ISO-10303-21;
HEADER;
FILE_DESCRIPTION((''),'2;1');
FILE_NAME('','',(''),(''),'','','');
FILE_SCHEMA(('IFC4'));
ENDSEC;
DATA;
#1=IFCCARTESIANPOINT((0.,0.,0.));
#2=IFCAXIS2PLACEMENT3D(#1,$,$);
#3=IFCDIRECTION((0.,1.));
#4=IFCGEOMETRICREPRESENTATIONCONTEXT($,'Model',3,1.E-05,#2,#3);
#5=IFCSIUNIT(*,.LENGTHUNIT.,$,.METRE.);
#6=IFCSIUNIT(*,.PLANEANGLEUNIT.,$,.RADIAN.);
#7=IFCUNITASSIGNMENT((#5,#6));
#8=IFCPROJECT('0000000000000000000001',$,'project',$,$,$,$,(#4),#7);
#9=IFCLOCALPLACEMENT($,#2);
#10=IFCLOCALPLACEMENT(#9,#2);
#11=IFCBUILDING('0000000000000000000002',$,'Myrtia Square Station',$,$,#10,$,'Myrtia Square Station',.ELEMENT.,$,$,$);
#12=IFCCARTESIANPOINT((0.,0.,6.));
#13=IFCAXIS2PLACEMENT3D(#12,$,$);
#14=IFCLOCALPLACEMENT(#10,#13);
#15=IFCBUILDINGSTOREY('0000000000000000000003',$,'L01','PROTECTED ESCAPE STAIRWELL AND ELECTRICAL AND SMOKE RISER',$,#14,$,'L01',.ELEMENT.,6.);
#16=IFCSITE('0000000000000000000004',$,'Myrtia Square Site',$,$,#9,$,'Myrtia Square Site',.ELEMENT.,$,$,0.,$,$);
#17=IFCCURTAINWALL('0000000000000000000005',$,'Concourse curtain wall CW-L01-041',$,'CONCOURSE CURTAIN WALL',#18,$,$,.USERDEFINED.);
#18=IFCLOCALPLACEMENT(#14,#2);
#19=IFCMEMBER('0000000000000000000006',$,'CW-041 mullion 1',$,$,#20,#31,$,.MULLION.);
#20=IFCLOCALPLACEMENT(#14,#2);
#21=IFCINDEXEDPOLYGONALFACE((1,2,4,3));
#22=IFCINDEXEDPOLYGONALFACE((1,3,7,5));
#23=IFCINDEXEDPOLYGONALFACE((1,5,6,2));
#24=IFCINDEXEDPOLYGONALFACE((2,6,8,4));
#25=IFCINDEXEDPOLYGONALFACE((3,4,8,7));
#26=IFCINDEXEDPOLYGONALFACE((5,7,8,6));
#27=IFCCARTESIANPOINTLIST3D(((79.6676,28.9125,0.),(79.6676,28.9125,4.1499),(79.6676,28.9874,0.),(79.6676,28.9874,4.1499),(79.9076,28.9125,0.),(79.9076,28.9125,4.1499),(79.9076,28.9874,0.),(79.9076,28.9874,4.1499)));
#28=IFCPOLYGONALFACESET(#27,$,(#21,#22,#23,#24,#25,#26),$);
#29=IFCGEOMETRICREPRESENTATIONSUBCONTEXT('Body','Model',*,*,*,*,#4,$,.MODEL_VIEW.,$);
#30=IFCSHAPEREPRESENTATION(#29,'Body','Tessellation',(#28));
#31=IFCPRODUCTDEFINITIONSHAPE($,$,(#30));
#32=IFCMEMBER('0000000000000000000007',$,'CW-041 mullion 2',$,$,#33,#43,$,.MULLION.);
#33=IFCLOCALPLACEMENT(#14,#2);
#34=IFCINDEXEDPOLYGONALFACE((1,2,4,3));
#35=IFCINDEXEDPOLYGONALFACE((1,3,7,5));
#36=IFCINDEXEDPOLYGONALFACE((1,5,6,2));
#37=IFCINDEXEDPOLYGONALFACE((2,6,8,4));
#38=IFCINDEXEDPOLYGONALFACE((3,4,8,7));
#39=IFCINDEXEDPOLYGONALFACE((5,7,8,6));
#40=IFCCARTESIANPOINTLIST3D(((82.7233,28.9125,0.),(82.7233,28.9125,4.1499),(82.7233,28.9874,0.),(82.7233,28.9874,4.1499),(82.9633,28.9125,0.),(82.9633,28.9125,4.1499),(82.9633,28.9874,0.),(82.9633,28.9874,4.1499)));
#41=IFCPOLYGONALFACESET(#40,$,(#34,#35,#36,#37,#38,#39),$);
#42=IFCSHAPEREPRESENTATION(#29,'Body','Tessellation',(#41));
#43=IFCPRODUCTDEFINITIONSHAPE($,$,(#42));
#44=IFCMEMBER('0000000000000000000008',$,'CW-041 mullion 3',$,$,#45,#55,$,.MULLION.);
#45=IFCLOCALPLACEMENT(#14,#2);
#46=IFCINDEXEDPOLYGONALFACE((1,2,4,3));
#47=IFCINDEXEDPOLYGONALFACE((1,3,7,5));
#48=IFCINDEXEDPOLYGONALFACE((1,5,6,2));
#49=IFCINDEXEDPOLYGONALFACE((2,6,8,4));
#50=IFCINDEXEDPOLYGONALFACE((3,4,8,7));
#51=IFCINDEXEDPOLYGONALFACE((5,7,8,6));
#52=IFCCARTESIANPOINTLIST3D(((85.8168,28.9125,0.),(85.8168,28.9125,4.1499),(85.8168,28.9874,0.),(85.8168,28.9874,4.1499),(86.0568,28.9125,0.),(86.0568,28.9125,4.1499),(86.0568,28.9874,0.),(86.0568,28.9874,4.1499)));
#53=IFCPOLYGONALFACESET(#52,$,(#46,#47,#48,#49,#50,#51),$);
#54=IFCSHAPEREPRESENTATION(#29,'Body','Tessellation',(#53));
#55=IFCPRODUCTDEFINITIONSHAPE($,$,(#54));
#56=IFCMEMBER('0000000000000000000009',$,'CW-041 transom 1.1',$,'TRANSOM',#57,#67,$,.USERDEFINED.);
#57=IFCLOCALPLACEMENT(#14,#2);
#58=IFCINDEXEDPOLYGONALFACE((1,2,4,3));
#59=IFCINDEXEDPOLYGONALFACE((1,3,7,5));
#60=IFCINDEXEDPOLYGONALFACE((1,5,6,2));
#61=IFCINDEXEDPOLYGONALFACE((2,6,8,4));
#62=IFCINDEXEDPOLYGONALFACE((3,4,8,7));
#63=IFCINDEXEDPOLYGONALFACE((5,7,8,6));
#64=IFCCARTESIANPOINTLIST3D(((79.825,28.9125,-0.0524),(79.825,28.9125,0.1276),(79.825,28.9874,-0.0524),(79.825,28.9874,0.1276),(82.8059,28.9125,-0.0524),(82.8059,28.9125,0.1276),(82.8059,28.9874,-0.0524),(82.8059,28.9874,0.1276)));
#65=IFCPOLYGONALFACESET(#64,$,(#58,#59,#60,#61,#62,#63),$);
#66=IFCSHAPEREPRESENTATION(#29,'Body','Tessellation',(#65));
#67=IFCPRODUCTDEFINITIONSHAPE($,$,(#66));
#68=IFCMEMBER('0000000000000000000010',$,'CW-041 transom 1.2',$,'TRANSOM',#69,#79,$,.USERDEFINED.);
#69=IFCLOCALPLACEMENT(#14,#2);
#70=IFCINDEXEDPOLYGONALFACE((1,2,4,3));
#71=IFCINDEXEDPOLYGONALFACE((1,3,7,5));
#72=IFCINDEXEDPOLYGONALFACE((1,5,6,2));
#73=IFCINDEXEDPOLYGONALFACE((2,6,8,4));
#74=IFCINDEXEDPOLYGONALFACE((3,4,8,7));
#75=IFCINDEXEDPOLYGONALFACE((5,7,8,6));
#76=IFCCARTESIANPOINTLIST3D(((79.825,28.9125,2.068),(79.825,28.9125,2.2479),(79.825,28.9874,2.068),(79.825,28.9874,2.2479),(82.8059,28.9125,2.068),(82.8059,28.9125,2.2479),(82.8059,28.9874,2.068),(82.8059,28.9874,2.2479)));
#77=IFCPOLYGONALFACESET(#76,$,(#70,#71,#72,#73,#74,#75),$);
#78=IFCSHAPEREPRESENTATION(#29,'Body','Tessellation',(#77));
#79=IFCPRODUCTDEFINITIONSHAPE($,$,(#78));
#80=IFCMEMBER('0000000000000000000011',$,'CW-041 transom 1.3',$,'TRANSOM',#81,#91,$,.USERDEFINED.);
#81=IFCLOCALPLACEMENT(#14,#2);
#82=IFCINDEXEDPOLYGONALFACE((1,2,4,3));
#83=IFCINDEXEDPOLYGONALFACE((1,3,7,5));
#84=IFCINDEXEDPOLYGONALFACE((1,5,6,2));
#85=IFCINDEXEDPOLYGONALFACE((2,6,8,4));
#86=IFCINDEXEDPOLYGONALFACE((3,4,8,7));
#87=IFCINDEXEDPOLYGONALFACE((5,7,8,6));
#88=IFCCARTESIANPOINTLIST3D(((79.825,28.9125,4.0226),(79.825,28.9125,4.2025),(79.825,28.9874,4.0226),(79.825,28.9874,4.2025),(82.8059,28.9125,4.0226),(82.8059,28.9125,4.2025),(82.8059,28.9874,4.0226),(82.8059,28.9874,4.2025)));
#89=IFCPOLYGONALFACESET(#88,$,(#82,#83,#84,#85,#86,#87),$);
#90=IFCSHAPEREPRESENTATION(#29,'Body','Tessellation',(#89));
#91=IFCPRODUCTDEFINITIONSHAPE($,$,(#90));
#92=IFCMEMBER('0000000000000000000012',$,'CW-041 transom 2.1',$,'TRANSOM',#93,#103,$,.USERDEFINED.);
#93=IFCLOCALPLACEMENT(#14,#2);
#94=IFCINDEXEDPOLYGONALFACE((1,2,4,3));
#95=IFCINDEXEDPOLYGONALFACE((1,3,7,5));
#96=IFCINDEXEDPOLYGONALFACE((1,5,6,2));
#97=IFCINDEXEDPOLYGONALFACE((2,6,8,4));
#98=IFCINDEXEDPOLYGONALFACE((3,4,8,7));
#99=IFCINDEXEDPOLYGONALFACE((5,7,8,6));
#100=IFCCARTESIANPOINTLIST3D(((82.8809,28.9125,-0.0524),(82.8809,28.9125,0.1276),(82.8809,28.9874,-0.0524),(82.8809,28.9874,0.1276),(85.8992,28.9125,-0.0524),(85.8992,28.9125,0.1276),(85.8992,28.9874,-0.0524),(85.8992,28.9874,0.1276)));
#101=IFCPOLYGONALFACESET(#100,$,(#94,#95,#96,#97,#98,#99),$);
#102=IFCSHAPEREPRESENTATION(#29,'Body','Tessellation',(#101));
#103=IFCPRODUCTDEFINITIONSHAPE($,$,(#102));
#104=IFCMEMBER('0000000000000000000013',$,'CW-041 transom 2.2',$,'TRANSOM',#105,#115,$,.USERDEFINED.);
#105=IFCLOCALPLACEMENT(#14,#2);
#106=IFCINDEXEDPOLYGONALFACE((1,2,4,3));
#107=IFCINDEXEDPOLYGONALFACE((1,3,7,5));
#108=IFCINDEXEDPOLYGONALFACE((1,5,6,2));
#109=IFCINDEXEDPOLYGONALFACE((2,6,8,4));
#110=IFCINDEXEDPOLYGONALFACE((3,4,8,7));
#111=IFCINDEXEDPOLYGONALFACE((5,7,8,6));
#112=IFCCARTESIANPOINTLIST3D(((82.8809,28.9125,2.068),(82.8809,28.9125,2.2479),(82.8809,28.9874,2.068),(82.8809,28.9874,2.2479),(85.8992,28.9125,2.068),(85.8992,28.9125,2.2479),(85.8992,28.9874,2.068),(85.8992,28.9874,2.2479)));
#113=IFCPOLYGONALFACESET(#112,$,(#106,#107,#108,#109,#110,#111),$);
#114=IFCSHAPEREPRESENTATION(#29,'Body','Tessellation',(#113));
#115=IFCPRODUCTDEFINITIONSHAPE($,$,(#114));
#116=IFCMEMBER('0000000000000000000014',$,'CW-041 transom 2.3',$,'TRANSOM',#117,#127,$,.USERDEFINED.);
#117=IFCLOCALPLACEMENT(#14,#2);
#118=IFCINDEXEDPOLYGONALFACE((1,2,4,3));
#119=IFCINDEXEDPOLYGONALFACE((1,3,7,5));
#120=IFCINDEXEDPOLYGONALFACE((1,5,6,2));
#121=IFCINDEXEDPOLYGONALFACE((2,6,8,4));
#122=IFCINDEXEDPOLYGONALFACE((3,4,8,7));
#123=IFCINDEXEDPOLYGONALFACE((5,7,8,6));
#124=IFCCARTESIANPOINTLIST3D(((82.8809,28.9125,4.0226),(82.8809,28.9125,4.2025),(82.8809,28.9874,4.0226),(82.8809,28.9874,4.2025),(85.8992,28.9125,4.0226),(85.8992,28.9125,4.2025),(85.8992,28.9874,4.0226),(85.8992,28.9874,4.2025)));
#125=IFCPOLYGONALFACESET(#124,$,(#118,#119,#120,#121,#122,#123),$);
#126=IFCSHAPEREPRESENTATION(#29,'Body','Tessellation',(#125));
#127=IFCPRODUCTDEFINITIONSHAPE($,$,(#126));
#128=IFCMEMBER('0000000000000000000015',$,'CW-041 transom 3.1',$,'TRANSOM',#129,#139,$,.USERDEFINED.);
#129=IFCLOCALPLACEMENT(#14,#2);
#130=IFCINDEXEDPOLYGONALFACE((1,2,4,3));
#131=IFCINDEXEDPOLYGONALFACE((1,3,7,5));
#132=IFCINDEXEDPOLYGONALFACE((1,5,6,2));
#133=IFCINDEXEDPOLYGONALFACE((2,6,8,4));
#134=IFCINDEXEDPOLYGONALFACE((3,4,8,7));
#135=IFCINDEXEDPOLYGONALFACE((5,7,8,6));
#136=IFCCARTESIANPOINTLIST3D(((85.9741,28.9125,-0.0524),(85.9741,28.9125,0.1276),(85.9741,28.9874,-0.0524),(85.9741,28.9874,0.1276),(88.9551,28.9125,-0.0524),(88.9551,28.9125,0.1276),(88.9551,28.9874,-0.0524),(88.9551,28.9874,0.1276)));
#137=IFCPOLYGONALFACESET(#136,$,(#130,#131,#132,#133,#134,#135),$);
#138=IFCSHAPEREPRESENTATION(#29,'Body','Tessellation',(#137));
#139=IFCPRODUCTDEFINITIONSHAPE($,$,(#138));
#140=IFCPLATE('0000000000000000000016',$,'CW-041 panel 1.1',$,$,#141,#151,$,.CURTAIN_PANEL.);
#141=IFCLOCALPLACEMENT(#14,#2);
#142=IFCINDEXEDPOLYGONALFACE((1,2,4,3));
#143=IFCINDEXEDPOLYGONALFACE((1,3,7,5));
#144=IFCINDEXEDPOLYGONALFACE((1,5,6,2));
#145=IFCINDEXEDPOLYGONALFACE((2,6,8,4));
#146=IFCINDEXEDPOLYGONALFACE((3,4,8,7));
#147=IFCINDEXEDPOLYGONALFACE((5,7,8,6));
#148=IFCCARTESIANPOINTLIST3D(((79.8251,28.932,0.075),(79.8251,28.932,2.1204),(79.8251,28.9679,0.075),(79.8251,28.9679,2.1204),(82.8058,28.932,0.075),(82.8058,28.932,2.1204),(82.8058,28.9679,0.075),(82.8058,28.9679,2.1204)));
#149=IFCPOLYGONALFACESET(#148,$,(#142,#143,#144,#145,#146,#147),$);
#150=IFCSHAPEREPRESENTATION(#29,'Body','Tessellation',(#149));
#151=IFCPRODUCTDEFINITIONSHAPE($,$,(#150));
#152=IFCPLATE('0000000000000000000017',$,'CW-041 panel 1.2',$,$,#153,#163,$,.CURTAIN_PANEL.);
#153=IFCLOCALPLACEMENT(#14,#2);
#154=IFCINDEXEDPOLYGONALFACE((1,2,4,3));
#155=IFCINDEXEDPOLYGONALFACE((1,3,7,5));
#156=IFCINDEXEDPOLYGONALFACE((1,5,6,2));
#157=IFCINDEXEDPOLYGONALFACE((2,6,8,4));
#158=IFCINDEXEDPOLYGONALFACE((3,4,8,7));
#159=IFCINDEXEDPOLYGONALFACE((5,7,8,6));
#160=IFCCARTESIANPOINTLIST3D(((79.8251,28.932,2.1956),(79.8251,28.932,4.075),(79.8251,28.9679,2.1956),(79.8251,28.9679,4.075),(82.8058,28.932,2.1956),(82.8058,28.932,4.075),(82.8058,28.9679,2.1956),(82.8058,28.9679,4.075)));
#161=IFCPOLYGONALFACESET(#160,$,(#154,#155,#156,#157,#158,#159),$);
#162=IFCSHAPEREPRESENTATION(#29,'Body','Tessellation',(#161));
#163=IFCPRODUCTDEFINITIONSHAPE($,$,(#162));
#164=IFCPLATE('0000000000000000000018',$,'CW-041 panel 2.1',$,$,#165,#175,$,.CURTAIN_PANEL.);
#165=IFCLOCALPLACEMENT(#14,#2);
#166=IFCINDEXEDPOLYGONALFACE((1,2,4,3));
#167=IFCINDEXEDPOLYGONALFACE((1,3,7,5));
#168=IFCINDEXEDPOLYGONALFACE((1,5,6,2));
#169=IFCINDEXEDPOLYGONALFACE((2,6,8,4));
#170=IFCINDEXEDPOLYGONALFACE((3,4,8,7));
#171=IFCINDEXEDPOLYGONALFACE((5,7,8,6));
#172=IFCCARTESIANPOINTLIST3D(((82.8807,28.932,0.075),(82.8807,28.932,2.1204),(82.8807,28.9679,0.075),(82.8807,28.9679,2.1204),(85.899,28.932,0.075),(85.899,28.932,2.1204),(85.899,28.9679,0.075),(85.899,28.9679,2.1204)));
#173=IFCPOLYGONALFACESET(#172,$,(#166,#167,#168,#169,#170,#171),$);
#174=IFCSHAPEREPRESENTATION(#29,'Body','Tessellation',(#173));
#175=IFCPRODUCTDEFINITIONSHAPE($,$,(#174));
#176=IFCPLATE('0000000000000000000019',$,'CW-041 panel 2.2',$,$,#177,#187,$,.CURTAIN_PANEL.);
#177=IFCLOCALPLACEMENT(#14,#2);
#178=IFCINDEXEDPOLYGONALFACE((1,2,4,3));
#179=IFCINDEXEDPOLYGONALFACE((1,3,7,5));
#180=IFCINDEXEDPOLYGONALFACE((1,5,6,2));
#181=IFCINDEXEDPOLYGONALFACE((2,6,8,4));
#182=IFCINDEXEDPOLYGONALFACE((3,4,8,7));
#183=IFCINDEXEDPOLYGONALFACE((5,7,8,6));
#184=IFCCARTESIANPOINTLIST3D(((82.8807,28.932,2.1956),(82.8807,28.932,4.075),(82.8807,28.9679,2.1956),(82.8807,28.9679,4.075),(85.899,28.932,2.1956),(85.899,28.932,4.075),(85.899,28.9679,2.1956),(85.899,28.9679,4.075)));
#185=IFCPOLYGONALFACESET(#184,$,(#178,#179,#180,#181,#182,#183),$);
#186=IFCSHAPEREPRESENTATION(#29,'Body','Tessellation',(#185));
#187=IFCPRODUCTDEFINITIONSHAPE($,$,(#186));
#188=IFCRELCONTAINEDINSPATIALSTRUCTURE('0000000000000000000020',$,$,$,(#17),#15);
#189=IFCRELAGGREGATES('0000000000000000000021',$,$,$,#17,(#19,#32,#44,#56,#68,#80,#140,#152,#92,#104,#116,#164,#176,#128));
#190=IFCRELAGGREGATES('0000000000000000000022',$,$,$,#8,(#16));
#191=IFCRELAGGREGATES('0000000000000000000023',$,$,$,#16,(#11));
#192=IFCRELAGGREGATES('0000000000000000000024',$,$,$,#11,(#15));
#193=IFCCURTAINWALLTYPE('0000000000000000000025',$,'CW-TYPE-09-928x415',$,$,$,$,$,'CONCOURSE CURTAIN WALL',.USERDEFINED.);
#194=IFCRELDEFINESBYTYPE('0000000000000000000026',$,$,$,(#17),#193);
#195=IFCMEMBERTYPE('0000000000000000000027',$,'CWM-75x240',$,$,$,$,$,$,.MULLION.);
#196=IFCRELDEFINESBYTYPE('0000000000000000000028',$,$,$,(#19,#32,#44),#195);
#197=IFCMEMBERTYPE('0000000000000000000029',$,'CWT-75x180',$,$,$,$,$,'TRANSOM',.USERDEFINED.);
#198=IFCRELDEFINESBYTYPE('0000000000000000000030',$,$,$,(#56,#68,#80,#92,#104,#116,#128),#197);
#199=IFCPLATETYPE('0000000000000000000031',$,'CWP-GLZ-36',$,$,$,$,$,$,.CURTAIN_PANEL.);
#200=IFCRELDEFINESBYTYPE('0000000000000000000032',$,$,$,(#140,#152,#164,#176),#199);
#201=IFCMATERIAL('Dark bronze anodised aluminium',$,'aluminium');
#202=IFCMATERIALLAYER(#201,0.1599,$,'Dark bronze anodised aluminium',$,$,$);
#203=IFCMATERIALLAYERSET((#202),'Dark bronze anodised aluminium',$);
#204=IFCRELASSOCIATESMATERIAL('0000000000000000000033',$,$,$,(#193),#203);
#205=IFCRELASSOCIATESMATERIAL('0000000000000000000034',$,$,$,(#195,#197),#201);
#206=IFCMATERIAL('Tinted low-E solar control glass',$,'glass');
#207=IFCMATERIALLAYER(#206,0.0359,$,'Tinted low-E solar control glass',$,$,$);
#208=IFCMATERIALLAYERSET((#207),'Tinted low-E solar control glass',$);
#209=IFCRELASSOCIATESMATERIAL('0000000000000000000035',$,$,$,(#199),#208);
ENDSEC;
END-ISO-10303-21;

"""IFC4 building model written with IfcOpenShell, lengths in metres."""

from ifc_helpers import new_model, si_unit, direction, frame, origin, origin_2d, place, context, subcontext, project, spatial, rectangle, extrude, material, layer, layer_set, material_profile, profile_set, type_object, element, aggregate, save


model = new_model("IFC4")

# Units and contexts
model_context = context("Model", 3, precision=1e-05, world=origin(), true_north=direction((0.0, 1.0)))
body_context = subcontext(model_context, "Body", "Model", "MODEL_VIEW")
ifc_project = project(units=[si_unit("LENGTHUNIT", "METRE"), si_unit("PLANEANGLEUNIT", "RADIAN")], contexts=[model_context])

# Site, building, storey
site_placement = place(None, origin())
site = spatial("IfcSite", under=ifc_project, at=site_placement, Name="Myrtia Square Site", LongName="Myrtia Square Site", CompositionType="ELEMENT", RefElevation=0.0)
building_placement = place(site_placement, origin())
building = spatial("IfcBuilding", under=site, at=building_placement, Name="Myrtia Square Station", LongName="Myrtia Square Station", CompositionType="ELEMENT")
storey_placement = place(building_placement, frame((0.0, 0.0, 6.0)))
storey = spatial("IfcBuildingStorey", under=building, at=storey_placement, Name="L01", Description="PROTECTED ESCAPE STAIRWELL AND ELECTRICAL AND SMOKE RISER", LongName="L01", CompositionType="ELEMENT", Elevation=6.0)

# Curtain wall, members, plates
ifc_material_1 = material(Name="Dark bronze anodised aluminium", Category="aluminium")
ifc_layer_1 = layer(ifc_material_1, 0.1599, Name="Dark bronze anodised aluminium")
ifc_layer_set_1 = layer_set([ifc_layer_1], Name="Dark bronze anodised aluminium")
curtain_wall_type = type_object("IfcCurtainWallType", Name="CW-TYPE-09-928x415", ElementType="CONCOURSE CURTAIN WALL", PredefinedType="USERDEFINED", material=ifc_layer_set_1)
curtain_wall_placement = place(storey_placement, origin())
curtain_wall = element("IfcCurtainWall", 1, at=curtain_wall_placement, inside=storey, type_object=curtain_wall_type, Name="Concourse curtain wall CW-L01-041", ObjectType="CONCOURSE CURTAIN WALL", PredefinedType="USERDEFINED")
ifc_material_profile_1 = material_profile(ifc_material_1, rectangle(XDim=0.075, YDim=0.24, at=origin_2d()), Name="ALU-M 75x240")
ifc_profile_set_1 = profile_set([ifc_material_profile_1], Name="Dark bronze anodised aluminium")
member_type_1 = type_object("IfcMemberType", Name="CWM-75x240", PredefinedType="MULLION", material=ifc_profile_set_1)
member_1_placement = place(storey_placement, frame((79.7876, 28.95, 0.0), z_axis=(0.0, 0.0, 1.0), x_axis=(0.0, 1.0, 0.0)))
member_1 = element("IfcMember", 2, at=member_1_placement, type_object=member_type_1, Name="CW-041 mullion 1", PredefinedType="MULLION", context=body_context, shape_type="SweptSolid", body=[
    extrude(rectangle(XDim=0.075, YDim=0.24, at=origin_2d()), origin(), (0.0, 0.0, 1.0), 4.1499),
])
member_2_placement = place(storey_placement, frame((82.8433, 28.95, 0.0), z_axis=(0.0, 0.0, 1.0), x_axis=(0.0, 1.0, 0.0)))
member_2 = element("IfcMember", 3, at=member_2_placement, type_object=member_type_1, Name="CW-041 mullion 2", PredefinedType="MULLION", context=body_context, shape_type="SweptSolid", body=[
    extrude(rectangle(XDim=0.075, YDim=0.24, at=origin_2d()), origin(), (0.0, 0.0, 1.0), 4.1499),
])
member_3_placement = place(storey_placement, frame((85.9368, 28.95, 0.0), z_axis=(0.0, 0.0, 1.0), x_axis=(0.0, 1.0, 0.0)))
member_3 = element("IfcMember", 4, at=member_3_placement, type_object=member_type_1, Name="CW-041 mullion 3", PredefinedType="MULLION", context=body_context, shape_type="SweptSolid", body=[
    extrude(rectangle(XDim=0.075, YDim=0.24, at=origin_2d()), origin(), (0.0, 0.0, 1.0), 4.1499),
])
ifc_material_profile_2 = material_profile(ifc_material_1, rectangle(XDim=0.075, YDim=0.1799, at=origin_2d()), Name="ALU-T 75x180")
ifc_profile_set_2 = profile_set([ifc_material_profile_2], Name="Dark bronze anodised aluminium")
member_type_2 = type_object("IfcMemberType", Name="CWT-75x180", ElementType="TRANSOM", PredefinedType="USERDEFINED", material=ifc_profile_set_2)
member_4_placement = place(storey_placement, frame((79.825, 28.95, 0.0376), z_axis=(1.0, 0.0, 0.0), x_axis=(0.0, 1.0, 0.0)))
member_4 = element("IfcMember", 5, at=member_4_placement, type_object=member_type_2, Name="CW-041 transom 1.1", ObjectType="TRANSOM", PredefinedType="USERDEFINED", context=body_context, shape_type="SweptSolid", body=[
    extrude(rectangle(XDim=0.075, YDim=0.1799, at=origin_2d()), origin(), (0.0, 0.0, 1.0), 2.981),
])
member_5_placement = place(storey_placement, frame((79.825, 28.95, 2.158), z_axis=(1.0, 0.0, 0.0), x_axis=(0.0, 1.0, 0.0)))
member_5 = element("IfcMember", 6, at=member_5_placement, type_object=member_type_2, Name="CW-041 transom 1.2", ObjectType="TRANSOM", PredefinedType="USERDEFINED", context=body_context, shape_type="SweptSolid", body=[
    extrude(rectangle(XDim=0.075, YDim=0.1799, at=origin_2d()), origin(), (0.0, 0.0, 1.0), 2.981),
])
member_6_placement = place(storey_placement, frame((79.825, 28.95, 4.1125), z_axis=(1.0, 0.0, 0.0), x_axis=(0.0, 1.0, 0.0)))
member_6 = element("IfcMember", 7, at=member_6_placement, type_object=member_type_2, Name="CW-041 transom 1.3", ObjectType="TRANSOM", PredefinedType="USERDEFINED", context=body_context, shape_type="SweptSolid", body=[
    extrude(rectangle(XDim=0.075, YDim=0.1799, at=origin_2d()), origin(), (0.0, 0.0, 1.0), 2.981),
])
member_7_placement = place(storey_placement, frame((82.8809, 28.95, 0.0376), z_axis=(1.0, 0.0, 0.0), x_axis=(0.0, 1.0, 0.0)))
member_7 = element("IfcMember", 8, at=member_7_placement, type_object=member_type_2, Name="CW-041 transom 2.1", ObjectType="TRANSOM", PredefinedType="USERDEFINED", context=body_context, shape_type="SweptSolid", body=[
    extrude(rectangle(XDim=0.075, YDim=0.1799, at=origin_2d()), origin(), (0.0, 0.0, 1.0), 3.0183),
])
member_8_placement = place(storey_placement, frame((82.8809, 28.95, 2.158), z_axis=(1.0, 0.0, 0.0), x_axis=(0.0, 1.0, 0.0)))
member_8 = element("IfcMember", 9, at=member_8_placement, type_object=member_type_2, Name="CW-041 transom 2.2", ObjectType="TRANSOM", PredefinedType="USERDEFINED", context=body_context, shape_type="SweptSolid", body=[
    extrude(rectangle(XDim=0.075, YDim=0.1799, at=origin_2d()), origin(), (0.0, 0.0, 1.0), 3.0183),
])
member_9_placement = place(storey_placement, frame((82.8809, 28.95, 4.1125), z_axis=(1.0, 0.0, 0.0), x_axis=(0.0, 1.0, 0.0)))
member_9 = element("IfcMember", 10, at=member_9_placement, type_object=member_type_2, Name="CW-041 transom 2.3", ObjectType="TRANSOM", PredefinedType="USERDEFINED", context=body_context, shape_type="SweptSolid", body=[
    extrude(rectangle(XDim=0.075, YDim=0.1799, at=origin_2d()), origin(), (0.0, 0.0, 1.0), 3.0183),
])
member_10_placement = place(storey_placement, frame((85.9741, 28.95, 0.0376), z_axis=(1.0, 0.0, 0.0), x_axis=(0.0, 1.0, 0.0)))
member_10 = element("IfcMember", 11, at=member_10_placement, type_object=member_type_2, Name="CW-041 transom 3.1", ObjectType="TRANSOM", PredefinedType="USERDEFINED", context=body_context, shape_type="SweptSolid", body=[
    extrude(rectangle(XDim=0.075, YDim=0.1799, at=origin_2d()), origin(), (0.0, 0.0, 1.0), 2.981),
])
ifc_material_2 = material(Name="Tinted low-E solar control glass", Category="glass")
ifc_layer_2 = layer(ifc_material_2, 0.0359, Name="Tinted low-E solar control glass")
ifc_layer_set_2 = layer_set([ifc_layer_2], Name="Tinted low-E solar control glass")
plate_type = type_object("IfcPlateType", Name="CWP-GLZ-36", PredefinedType="CURTAIN_PANEL", material=ifc_layer_set_2)
plate_1_placement = place(storey_placement, frame((81.3154, 28.95, 0.075), z_axis=(0.0, 0.0, 1.0), x_axis=(1.0, 0.0, 0.0)))
plate_1 = element("IfcPlate", 12, at=plate_1_placement, type_object=plate_type, Name="CW-041 panel 1.1", PredefinedType="CURTAIN_PANEL", context=body_context, shape_type="SweptSolid", body=[
    extrude(rectangle(XDim=2.9807, YDim=0.0359, at=origin_2d()), origin(), (0.0, 0.0, 1.0), 2.0454),
])
plate_2_placement = place(storey_placement, frame((81.3154, 28.95, 2.1956), z_axis=(0.0, 0.0, 1.0), x_axis=(1.0, 0.0, 0.0)))
plate_2 = element("IfcPlate", 13, at=plate_2_placement, type_object=plate_type, Name="CW-041 panel 1.2", PredefinedType="CURTAIN_PANEL", context=body_context, shape_type="SweptSolid", body=[
    extrude(rectangle(XDim=2.9807, YDim=0.0359, at=origin_2d()), origin(), (0.0, 0.0, 1.0), 1.8794),
])
plate_3_placement = place(storey_placement, frame((84.3899, 28.95, 0.075), z_axis=(0.0, 0.0, 1.0), x_axis=(1.0, 0.0, 0.0)))
plate_3 = element("IfcPlate", 14, at=plate_3_placement, type_object=plate_type, Name="CW-041 panel 2.1", PredefinedType="CURTAIN_PANEL", context=body_context, shape_type="SweptSolid", body=[
    extrude(rectangle(XDim=3.0183, YDim=0.0359, at=origin_2d()), origin(), (0.0, 0.0, 1.0), 2.0454),
])
plate_4_placement = place(storey_placement, frame((84.3899, 28.95, 2.1956), z_axis=(0.0, 0.0, 1.0), x_axis=(1.0, 0.0, 0.0)))
plate_4 = element("IfcPlate", 15, at=plate_4_placement, type_object=plate_type, Name="CW-041 panel 2.2", PredefinedType="CURTAIN_PANEL", context=body_context, shape_type="SweptSolid", body=[
    extrude(rectangle(XDim=3.0183, YDim=0.0359, at=origin_2d()), origin(), (0.0, 0.0, 1.0), 1.8794),
])
aggregate(curtain_wall, [member_1, member_2, member_3, member_4, member_5, member_6, plate_1, plate_2, member_7, member_8, member_9, plate_3, plate_4, member_10])

save(model, "model.ifc")
